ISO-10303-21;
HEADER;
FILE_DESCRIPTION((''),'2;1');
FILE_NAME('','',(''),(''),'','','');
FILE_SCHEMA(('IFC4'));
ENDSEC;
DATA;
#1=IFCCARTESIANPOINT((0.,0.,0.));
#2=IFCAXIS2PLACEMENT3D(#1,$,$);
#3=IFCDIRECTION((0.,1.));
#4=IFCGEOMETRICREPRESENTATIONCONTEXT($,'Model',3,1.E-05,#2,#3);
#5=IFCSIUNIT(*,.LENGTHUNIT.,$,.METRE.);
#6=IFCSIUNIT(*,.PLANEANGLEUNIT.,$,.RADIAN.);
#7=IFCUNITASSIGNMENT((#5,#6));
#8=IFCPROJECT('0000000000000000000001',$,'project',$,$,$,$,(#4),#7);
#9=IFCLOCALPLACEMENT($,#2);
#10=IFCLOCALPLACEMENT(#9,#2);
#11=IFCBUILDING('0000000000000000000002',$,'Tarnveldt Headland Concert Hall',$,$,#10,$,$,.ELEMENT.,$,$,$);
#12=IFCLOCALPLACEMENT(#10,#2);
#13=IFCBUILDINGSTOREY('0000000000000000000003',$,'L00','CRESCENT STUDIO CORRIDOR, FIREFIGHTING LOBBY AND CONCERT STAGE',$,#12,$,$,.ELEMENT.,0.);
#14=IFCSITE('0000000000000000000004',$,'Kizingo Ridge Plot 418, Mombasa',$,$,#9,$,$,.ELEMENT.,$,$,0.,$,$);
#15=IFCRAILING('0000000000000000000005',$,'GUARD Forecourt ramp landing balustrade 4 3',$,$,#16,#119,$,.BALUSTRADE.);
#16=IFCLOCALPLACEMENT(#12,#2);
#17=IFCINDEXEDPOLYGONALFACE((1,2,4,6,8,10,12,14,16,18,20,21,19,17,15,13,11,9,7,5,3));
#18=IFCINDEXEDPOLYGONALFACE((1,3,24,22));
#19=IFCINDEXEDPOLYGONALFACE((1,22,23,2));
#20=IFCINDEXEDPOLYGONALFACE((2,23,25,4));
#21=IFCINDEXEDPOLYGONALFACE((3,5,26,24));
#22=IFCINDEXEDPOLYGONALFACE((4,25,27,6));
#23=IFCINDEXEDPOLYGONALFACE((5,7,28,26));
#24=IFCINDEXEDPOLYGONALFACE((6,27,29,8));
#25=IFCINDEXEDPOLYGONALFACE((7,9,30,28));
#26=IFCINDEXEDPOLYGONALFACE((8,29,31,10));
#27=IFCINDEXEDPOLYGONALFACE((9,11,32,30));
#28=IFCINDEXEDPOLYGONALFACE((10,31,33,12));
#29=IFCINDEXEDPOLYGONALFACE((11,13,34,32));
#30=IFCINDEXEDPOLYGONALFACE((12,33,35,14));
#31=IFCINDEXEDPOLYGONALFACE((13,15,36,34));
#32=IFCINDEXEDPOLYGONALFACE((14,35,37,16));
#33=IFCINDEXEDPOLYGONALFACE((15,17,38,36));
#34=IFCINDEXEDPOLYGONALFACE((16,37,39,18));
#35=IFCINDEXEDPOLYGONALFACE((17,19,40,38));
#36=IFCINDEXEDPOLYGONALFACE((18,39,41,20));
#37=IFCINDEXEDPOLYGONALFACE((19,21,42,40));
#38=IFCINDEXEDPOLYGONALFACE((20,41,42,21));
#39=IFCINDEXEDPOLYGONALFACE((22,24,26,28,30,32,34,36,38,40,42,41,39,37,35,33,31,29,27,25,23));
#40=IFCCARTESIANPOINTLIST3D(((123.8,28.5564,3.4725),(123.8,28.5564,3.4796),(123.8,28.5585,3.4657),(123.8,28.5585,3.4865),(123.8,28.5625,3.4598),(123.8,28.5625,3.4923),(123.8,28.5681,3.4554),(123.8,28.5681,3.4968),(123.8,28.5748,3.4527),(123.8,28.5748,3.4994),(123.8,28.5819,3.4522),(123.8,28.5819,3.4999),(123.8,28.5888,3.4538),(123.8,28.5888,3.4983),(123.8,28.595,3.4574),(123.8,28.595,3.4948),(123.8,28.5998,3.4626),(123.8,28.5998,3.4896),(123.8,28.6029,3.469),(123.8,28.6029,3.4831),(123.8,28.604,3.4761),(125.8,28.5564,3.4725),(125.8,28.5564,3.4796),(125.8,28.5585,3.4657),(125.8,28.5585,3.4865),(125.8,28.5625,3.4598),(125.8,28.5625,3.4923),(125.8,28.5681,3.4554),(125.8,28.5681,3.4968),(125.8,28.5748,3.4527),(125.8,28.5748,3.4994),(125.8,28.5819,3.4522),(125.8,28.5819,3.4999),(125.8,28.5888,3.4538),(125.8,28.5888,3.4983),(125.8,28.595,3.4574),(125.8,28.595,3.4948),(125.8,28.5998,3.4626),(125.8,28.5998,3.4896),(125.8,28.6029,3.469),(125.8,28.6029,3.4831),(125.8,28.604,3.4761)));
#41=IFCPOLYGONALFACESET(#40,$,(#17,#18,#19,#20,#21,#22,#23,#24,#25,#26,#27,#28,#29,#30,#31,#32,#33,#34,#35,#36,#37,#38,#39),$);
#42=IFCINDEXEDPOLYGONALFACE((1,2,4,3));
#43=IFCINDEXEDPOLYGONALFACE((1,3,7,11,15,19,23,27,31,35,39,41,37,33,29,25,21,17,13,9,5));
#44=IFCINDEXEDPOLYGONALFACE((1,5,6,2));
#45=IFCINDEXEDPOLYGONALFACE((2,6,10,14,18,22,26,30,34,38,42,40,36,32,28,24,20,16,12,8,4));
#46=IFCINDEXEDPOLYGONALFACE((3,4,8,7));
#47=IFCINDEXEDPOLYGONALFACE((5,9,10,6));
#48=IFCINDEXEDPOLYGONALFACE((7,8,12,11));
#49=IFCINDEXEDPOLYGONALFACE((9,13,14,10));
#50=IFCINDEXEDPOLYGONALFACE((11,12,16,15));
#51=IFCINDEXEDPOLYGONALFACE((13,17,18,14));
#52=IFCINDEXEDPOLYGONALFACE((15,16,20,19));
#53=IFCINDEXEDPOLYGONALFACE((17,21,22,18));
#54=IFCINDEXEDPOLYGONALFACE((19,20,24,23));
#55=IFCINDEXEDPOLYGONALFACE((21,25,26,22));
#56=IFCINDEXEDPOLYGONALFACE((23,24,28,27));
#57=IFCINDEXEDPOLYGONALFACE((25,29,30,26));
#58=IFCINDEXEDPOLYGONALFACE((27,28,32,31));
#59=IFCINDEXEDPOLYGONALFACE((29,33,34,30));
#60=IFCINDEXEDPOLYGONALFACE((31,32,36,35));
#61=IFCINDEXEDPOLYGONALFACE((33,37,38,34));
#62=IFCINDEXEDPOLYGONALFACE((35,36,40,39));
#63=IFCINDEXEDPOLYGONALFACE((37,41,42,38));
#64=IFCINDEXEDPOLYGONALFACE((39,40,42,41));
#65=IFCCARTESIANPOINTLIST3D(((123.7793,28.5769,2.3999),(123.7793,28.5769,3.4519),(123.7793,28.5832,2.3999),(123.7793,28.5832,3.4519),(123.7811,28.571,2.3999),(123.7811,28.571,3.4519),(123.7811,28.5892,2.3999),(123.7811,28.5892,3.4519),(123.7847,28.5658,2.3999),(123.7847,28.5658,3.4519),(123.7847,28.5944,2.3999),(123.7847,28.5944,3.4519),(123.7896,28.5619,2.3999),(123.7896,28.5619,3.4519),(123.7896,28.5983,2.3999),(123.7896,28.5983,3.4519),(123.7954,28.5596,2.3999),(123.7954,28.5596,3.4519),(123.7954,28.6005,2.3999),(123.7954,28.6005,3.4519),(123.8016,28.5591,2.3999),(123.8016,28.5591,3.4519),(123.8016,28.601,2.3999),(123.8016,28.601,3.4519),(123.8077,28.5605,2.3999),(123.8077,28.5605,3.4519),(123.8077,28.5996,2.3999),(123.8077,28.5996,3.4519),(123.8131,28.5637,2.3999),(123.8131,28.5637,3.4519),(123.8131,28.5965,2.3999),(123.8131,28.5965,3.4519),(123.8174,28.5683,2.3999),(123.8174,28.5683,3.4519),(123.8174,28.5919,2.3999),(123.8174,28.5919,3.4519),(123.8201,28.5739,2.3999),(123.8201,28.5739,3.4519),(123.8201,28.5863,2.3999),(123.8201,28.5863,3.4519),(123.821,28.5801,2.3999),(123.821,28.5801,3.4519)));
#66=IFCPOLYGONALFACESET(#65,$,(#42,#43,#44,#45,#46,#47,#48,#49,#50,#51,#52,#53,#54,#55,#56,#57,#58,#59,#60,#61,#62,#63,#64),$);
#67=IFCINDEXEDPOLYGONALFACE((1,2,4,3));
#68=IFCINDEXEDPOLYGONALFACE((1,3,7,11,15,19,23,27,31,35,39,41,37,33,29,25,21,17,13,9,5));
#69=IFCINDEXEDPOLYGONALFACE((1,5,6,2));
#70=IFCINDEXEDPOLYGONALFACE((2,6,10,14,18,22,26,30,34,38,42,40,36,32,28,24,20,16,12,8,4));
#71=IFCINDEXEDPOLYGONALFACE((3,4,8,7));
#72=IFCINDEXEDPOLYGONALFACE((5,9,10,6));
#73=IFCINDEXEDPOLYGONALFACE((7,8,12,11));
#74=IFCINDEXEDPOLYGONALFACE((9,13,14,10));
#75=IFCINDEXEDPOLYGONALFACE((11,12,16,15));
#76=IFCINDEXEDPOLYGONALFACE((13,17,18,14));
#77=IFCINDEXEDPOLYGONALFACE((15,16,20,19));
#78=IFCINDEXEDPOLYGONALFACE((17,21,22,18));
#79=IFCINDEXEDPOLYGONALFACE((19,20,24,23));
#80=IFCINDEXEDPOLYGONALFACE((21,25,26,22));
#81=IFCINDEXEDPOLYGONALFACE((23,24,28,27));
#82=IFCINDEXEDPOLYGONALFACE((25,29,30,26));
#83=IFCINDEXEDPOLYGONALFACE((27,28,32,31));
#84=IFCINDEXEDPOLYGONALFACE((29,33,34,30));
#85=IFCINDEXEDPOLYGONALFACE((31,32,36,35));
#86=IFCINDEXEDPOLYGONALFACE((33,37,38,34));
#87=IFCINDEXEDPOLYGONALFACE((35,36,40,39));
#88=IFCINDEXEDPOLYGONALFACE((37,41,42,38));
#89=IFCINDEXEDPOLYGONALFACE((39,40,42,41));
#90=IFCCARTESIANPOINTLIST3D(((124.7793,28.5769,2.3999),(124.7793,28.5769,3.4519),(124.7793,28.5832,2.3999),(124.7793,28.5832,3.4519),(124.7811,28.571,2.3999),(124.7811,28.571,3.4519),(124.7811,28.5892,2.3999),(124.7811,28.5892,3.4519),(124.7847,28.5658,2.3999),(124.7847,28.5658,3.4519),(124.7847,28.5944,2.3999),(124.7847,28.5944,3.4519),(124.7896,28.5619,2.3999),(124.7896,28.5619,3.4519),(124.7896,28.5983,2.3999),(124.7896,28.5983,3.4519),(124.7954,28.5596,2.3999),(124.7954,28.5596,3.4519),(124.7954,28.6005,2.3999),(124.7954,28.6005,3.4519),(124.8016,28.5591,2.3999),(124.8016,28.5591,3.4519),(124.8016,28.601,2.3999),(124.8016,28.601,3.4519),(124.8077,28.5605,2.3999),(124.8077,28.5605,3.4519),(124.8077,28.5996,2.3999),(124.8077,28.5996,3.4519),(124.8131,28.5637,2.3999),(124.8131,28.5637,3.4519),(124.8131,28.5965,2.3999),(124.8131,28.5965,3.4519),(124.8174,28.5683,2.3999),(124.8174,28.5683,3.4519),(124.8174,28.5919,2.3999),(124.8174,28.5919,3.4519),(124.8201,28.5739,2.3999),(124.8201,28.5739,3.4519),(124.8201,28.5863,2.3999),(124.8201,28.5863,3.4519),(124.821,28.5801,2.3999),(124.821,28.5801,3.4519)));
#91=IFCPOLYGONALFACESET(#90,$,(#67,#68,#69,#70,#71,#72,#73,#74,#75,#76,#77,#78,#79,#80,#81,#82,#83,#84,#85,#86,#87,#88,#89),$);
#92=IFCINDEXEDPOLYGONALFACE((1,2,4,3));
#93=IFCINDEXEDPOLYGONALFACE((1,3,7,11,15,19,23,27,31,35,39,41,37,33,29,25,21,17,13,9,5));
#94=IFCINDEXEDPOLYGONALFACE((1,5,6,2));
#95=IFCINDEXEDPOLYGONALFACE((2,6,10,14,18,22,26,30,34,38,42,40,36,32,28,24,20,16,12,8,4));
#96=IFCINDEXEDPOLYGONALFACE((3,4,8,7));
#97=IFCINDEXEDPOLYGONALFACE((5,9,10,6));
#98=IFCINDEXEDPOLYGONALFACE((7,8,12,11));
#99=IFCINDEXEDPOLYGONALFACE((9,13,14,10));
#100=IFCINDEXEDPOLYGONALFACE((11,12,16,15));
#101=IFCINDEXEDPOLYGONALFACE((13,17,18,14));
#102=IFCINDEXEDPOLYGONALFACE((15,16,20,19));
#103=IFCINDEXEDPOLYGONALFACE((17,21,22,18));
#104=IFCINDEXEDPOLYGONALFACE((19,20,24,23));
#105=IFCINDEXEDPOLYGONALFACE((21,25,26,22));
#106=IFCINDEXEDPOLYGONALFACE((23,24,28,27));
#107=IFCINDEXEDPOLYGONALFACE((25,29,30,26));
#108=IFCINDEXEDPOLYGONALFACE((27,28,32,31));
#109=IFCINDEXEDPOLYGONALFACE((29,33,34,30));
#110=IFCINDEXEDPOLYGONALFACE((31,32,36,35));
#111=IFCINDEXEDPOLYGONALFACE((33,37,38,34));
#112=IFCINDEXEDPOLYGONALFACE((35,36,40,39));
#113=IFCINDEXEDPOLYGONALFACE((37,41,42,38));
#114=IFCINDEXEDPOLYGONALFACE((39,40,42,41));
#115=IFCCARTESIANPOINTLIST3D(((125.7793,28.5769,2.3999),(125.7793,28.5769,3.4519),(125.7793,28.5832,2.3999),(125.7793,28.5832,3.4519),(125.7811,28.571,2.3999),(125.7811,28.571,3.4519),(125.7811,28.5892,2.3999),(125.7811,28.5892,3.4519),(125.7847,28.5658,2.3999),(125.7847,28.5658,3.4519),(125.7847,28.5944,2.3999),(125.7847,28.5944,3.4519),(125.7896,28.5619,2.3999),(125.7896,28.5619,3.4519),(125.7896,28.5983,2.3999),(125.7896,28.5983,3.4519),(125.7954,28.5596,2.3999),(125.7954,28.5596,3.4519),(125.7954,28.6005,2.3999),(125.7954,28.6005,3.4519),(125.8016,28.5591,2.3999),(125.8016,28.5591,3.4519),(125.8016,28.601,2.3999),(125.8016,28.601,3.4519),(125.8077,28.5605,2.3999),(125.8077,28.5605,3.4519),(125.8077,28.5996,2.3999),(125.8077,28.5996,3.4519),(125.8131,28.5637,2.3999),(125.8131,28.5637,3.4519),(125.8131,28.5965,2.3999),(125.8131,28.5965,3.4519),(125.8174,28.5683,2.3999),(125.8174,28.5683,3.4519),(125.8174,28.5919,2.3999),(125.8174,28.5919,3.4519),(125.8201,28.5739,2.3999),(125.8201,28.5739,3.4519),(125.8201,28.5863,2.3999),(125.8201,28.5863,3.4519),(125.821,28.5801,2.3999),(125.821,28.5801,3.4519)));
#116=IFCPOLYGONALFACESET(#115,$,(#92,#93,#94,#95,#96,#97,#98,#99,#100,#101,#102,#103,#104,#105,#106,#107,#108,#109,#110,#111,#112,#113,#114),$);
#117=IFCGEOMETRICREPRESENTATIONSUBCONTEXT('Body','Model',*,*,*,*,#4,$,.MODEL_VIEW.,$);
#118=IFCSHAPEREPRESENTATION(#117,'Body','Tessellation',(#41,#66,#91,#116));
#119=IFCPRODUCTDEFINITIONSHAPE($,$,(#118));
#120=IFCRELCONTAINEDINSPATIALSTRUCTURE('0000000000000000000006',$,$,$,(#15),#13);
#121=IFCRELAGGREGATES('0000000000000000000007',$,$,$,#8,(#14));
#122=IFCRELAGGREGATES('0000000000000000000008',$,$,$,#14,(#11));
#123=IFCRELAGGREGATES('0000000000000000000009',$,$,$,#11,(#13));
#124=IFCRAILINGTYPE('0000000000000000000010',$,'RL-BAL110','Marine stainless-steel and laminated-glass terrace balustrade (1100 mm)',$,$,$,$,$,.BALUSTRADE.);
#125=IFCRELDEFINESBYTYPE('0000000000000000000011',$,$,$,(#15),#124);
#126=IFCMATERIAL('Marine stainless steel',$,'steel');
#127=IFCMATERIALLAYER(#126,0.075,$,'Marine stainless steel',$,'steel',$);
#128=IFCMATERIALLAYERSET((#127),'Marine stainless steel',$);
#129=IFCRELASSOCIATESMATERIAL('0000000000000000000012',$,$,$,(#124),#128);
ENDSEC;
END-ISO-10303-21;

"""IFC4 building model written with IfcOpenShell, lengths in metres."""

from ifc_helpers import new_model, si_unit, direction, frame, origin, origin_2d, place, context, subcontext, project, spatial, circle, extrude, material, layer, layer_set, type_object, element, save


model = new_model("IFC4")

# Units and contexts
model_context = context("Model", 3, precision=1e-05, world=origin(), true_north=direction((0.0, 1.0)))
body_context = subcontext(model_context, "Body", "Model", "MODEL_VIEW")
ifc_project = project(units=[si_unit("LENGTHUNIT", "METRE"), si_unit("PLANEANGLEUNIT", "RADIAN")], contexts=[model_context])

# Site, building, storey
site_placement = place(None, origin())
site = spatial("IfcSite", under=ifc_project, at=site_placement, Name="Kizingo Ridge Plot 418, Mombasa", CompositionType="ELEMENT", RefElevation=0.0)
building_placement = place(site_placement, origin())
building = spatial("IfcBuilding", under=site, at=building_placement, Name="Tarnveldt Headland Concert Hall", CompositionType="ELEMENT")
storey_placement = place(building_placement, origin())
storey = spatial("IfcBuildingStorey", under=building, at=storey_placement, Name="L00", Description="CRESCENT STUDIO CORRIDOR, FIREFIGHTING LOBBY AND CONCERT STAGE", CompositionType="ELEMENT", Elevation=0.0)

# Railing
ifc_material_1 = material(Name="Marine stainless steel", Category="steel")
ifc_layer_1 = layer(ifc_material_1, 0.075, Name="Marine stainless steel", Category="steel")
ifc_layer_set_1 = layer_set([ifc_layer_1], Name="Marine stainless steel")
railing_type = type_object("IfcRailingType", Name="RL-BAL110", Description="Marine stainless-steel and laminated-glass terrace balustrade (1100 mm)", PredefinedType="BALUSTRADE", material=ifc_layer_set_1)
railing_1_placement = place(storey_placement, frame((123.8, 28.5801, 2.3999)))
element("IfcRailing", 1, at=railing_1_placement, inside=storey, type_object=railing_type, Name="GUARD Forecourt ramp landing balustrade 4 3", PredefinedType="BALUSTRADE", context=body_context, shape_type="SweptSolid", body=[
    extrude(circle(Radius=0.0239, at=origin_2d()), frame((0.0, 0.0, 1.0762), z_axis=(1.0, 0.0, 0.0), x_axis=(0.0, 1.0, 0.0)), (0.0, 0.0, 1.0), 2.0),
    extrude(circle(Radius=0.021, at=origin_2d()), origin(), (0.0, 0.0, 1.0), 1.052),
    extrude(circle(Radius=0.021, at=origin_2d()), frame((1.0, 0.0, 0.0)), (0.0, 0.0, 1.0), 1.052),
    extrude(circle(Radius=0.021, at=origin_2d()), frame((2.0, 0.0, 0.0)), (0.0, 0.0, 1.0), 1.052),
])

save(model, "model.ifc")
